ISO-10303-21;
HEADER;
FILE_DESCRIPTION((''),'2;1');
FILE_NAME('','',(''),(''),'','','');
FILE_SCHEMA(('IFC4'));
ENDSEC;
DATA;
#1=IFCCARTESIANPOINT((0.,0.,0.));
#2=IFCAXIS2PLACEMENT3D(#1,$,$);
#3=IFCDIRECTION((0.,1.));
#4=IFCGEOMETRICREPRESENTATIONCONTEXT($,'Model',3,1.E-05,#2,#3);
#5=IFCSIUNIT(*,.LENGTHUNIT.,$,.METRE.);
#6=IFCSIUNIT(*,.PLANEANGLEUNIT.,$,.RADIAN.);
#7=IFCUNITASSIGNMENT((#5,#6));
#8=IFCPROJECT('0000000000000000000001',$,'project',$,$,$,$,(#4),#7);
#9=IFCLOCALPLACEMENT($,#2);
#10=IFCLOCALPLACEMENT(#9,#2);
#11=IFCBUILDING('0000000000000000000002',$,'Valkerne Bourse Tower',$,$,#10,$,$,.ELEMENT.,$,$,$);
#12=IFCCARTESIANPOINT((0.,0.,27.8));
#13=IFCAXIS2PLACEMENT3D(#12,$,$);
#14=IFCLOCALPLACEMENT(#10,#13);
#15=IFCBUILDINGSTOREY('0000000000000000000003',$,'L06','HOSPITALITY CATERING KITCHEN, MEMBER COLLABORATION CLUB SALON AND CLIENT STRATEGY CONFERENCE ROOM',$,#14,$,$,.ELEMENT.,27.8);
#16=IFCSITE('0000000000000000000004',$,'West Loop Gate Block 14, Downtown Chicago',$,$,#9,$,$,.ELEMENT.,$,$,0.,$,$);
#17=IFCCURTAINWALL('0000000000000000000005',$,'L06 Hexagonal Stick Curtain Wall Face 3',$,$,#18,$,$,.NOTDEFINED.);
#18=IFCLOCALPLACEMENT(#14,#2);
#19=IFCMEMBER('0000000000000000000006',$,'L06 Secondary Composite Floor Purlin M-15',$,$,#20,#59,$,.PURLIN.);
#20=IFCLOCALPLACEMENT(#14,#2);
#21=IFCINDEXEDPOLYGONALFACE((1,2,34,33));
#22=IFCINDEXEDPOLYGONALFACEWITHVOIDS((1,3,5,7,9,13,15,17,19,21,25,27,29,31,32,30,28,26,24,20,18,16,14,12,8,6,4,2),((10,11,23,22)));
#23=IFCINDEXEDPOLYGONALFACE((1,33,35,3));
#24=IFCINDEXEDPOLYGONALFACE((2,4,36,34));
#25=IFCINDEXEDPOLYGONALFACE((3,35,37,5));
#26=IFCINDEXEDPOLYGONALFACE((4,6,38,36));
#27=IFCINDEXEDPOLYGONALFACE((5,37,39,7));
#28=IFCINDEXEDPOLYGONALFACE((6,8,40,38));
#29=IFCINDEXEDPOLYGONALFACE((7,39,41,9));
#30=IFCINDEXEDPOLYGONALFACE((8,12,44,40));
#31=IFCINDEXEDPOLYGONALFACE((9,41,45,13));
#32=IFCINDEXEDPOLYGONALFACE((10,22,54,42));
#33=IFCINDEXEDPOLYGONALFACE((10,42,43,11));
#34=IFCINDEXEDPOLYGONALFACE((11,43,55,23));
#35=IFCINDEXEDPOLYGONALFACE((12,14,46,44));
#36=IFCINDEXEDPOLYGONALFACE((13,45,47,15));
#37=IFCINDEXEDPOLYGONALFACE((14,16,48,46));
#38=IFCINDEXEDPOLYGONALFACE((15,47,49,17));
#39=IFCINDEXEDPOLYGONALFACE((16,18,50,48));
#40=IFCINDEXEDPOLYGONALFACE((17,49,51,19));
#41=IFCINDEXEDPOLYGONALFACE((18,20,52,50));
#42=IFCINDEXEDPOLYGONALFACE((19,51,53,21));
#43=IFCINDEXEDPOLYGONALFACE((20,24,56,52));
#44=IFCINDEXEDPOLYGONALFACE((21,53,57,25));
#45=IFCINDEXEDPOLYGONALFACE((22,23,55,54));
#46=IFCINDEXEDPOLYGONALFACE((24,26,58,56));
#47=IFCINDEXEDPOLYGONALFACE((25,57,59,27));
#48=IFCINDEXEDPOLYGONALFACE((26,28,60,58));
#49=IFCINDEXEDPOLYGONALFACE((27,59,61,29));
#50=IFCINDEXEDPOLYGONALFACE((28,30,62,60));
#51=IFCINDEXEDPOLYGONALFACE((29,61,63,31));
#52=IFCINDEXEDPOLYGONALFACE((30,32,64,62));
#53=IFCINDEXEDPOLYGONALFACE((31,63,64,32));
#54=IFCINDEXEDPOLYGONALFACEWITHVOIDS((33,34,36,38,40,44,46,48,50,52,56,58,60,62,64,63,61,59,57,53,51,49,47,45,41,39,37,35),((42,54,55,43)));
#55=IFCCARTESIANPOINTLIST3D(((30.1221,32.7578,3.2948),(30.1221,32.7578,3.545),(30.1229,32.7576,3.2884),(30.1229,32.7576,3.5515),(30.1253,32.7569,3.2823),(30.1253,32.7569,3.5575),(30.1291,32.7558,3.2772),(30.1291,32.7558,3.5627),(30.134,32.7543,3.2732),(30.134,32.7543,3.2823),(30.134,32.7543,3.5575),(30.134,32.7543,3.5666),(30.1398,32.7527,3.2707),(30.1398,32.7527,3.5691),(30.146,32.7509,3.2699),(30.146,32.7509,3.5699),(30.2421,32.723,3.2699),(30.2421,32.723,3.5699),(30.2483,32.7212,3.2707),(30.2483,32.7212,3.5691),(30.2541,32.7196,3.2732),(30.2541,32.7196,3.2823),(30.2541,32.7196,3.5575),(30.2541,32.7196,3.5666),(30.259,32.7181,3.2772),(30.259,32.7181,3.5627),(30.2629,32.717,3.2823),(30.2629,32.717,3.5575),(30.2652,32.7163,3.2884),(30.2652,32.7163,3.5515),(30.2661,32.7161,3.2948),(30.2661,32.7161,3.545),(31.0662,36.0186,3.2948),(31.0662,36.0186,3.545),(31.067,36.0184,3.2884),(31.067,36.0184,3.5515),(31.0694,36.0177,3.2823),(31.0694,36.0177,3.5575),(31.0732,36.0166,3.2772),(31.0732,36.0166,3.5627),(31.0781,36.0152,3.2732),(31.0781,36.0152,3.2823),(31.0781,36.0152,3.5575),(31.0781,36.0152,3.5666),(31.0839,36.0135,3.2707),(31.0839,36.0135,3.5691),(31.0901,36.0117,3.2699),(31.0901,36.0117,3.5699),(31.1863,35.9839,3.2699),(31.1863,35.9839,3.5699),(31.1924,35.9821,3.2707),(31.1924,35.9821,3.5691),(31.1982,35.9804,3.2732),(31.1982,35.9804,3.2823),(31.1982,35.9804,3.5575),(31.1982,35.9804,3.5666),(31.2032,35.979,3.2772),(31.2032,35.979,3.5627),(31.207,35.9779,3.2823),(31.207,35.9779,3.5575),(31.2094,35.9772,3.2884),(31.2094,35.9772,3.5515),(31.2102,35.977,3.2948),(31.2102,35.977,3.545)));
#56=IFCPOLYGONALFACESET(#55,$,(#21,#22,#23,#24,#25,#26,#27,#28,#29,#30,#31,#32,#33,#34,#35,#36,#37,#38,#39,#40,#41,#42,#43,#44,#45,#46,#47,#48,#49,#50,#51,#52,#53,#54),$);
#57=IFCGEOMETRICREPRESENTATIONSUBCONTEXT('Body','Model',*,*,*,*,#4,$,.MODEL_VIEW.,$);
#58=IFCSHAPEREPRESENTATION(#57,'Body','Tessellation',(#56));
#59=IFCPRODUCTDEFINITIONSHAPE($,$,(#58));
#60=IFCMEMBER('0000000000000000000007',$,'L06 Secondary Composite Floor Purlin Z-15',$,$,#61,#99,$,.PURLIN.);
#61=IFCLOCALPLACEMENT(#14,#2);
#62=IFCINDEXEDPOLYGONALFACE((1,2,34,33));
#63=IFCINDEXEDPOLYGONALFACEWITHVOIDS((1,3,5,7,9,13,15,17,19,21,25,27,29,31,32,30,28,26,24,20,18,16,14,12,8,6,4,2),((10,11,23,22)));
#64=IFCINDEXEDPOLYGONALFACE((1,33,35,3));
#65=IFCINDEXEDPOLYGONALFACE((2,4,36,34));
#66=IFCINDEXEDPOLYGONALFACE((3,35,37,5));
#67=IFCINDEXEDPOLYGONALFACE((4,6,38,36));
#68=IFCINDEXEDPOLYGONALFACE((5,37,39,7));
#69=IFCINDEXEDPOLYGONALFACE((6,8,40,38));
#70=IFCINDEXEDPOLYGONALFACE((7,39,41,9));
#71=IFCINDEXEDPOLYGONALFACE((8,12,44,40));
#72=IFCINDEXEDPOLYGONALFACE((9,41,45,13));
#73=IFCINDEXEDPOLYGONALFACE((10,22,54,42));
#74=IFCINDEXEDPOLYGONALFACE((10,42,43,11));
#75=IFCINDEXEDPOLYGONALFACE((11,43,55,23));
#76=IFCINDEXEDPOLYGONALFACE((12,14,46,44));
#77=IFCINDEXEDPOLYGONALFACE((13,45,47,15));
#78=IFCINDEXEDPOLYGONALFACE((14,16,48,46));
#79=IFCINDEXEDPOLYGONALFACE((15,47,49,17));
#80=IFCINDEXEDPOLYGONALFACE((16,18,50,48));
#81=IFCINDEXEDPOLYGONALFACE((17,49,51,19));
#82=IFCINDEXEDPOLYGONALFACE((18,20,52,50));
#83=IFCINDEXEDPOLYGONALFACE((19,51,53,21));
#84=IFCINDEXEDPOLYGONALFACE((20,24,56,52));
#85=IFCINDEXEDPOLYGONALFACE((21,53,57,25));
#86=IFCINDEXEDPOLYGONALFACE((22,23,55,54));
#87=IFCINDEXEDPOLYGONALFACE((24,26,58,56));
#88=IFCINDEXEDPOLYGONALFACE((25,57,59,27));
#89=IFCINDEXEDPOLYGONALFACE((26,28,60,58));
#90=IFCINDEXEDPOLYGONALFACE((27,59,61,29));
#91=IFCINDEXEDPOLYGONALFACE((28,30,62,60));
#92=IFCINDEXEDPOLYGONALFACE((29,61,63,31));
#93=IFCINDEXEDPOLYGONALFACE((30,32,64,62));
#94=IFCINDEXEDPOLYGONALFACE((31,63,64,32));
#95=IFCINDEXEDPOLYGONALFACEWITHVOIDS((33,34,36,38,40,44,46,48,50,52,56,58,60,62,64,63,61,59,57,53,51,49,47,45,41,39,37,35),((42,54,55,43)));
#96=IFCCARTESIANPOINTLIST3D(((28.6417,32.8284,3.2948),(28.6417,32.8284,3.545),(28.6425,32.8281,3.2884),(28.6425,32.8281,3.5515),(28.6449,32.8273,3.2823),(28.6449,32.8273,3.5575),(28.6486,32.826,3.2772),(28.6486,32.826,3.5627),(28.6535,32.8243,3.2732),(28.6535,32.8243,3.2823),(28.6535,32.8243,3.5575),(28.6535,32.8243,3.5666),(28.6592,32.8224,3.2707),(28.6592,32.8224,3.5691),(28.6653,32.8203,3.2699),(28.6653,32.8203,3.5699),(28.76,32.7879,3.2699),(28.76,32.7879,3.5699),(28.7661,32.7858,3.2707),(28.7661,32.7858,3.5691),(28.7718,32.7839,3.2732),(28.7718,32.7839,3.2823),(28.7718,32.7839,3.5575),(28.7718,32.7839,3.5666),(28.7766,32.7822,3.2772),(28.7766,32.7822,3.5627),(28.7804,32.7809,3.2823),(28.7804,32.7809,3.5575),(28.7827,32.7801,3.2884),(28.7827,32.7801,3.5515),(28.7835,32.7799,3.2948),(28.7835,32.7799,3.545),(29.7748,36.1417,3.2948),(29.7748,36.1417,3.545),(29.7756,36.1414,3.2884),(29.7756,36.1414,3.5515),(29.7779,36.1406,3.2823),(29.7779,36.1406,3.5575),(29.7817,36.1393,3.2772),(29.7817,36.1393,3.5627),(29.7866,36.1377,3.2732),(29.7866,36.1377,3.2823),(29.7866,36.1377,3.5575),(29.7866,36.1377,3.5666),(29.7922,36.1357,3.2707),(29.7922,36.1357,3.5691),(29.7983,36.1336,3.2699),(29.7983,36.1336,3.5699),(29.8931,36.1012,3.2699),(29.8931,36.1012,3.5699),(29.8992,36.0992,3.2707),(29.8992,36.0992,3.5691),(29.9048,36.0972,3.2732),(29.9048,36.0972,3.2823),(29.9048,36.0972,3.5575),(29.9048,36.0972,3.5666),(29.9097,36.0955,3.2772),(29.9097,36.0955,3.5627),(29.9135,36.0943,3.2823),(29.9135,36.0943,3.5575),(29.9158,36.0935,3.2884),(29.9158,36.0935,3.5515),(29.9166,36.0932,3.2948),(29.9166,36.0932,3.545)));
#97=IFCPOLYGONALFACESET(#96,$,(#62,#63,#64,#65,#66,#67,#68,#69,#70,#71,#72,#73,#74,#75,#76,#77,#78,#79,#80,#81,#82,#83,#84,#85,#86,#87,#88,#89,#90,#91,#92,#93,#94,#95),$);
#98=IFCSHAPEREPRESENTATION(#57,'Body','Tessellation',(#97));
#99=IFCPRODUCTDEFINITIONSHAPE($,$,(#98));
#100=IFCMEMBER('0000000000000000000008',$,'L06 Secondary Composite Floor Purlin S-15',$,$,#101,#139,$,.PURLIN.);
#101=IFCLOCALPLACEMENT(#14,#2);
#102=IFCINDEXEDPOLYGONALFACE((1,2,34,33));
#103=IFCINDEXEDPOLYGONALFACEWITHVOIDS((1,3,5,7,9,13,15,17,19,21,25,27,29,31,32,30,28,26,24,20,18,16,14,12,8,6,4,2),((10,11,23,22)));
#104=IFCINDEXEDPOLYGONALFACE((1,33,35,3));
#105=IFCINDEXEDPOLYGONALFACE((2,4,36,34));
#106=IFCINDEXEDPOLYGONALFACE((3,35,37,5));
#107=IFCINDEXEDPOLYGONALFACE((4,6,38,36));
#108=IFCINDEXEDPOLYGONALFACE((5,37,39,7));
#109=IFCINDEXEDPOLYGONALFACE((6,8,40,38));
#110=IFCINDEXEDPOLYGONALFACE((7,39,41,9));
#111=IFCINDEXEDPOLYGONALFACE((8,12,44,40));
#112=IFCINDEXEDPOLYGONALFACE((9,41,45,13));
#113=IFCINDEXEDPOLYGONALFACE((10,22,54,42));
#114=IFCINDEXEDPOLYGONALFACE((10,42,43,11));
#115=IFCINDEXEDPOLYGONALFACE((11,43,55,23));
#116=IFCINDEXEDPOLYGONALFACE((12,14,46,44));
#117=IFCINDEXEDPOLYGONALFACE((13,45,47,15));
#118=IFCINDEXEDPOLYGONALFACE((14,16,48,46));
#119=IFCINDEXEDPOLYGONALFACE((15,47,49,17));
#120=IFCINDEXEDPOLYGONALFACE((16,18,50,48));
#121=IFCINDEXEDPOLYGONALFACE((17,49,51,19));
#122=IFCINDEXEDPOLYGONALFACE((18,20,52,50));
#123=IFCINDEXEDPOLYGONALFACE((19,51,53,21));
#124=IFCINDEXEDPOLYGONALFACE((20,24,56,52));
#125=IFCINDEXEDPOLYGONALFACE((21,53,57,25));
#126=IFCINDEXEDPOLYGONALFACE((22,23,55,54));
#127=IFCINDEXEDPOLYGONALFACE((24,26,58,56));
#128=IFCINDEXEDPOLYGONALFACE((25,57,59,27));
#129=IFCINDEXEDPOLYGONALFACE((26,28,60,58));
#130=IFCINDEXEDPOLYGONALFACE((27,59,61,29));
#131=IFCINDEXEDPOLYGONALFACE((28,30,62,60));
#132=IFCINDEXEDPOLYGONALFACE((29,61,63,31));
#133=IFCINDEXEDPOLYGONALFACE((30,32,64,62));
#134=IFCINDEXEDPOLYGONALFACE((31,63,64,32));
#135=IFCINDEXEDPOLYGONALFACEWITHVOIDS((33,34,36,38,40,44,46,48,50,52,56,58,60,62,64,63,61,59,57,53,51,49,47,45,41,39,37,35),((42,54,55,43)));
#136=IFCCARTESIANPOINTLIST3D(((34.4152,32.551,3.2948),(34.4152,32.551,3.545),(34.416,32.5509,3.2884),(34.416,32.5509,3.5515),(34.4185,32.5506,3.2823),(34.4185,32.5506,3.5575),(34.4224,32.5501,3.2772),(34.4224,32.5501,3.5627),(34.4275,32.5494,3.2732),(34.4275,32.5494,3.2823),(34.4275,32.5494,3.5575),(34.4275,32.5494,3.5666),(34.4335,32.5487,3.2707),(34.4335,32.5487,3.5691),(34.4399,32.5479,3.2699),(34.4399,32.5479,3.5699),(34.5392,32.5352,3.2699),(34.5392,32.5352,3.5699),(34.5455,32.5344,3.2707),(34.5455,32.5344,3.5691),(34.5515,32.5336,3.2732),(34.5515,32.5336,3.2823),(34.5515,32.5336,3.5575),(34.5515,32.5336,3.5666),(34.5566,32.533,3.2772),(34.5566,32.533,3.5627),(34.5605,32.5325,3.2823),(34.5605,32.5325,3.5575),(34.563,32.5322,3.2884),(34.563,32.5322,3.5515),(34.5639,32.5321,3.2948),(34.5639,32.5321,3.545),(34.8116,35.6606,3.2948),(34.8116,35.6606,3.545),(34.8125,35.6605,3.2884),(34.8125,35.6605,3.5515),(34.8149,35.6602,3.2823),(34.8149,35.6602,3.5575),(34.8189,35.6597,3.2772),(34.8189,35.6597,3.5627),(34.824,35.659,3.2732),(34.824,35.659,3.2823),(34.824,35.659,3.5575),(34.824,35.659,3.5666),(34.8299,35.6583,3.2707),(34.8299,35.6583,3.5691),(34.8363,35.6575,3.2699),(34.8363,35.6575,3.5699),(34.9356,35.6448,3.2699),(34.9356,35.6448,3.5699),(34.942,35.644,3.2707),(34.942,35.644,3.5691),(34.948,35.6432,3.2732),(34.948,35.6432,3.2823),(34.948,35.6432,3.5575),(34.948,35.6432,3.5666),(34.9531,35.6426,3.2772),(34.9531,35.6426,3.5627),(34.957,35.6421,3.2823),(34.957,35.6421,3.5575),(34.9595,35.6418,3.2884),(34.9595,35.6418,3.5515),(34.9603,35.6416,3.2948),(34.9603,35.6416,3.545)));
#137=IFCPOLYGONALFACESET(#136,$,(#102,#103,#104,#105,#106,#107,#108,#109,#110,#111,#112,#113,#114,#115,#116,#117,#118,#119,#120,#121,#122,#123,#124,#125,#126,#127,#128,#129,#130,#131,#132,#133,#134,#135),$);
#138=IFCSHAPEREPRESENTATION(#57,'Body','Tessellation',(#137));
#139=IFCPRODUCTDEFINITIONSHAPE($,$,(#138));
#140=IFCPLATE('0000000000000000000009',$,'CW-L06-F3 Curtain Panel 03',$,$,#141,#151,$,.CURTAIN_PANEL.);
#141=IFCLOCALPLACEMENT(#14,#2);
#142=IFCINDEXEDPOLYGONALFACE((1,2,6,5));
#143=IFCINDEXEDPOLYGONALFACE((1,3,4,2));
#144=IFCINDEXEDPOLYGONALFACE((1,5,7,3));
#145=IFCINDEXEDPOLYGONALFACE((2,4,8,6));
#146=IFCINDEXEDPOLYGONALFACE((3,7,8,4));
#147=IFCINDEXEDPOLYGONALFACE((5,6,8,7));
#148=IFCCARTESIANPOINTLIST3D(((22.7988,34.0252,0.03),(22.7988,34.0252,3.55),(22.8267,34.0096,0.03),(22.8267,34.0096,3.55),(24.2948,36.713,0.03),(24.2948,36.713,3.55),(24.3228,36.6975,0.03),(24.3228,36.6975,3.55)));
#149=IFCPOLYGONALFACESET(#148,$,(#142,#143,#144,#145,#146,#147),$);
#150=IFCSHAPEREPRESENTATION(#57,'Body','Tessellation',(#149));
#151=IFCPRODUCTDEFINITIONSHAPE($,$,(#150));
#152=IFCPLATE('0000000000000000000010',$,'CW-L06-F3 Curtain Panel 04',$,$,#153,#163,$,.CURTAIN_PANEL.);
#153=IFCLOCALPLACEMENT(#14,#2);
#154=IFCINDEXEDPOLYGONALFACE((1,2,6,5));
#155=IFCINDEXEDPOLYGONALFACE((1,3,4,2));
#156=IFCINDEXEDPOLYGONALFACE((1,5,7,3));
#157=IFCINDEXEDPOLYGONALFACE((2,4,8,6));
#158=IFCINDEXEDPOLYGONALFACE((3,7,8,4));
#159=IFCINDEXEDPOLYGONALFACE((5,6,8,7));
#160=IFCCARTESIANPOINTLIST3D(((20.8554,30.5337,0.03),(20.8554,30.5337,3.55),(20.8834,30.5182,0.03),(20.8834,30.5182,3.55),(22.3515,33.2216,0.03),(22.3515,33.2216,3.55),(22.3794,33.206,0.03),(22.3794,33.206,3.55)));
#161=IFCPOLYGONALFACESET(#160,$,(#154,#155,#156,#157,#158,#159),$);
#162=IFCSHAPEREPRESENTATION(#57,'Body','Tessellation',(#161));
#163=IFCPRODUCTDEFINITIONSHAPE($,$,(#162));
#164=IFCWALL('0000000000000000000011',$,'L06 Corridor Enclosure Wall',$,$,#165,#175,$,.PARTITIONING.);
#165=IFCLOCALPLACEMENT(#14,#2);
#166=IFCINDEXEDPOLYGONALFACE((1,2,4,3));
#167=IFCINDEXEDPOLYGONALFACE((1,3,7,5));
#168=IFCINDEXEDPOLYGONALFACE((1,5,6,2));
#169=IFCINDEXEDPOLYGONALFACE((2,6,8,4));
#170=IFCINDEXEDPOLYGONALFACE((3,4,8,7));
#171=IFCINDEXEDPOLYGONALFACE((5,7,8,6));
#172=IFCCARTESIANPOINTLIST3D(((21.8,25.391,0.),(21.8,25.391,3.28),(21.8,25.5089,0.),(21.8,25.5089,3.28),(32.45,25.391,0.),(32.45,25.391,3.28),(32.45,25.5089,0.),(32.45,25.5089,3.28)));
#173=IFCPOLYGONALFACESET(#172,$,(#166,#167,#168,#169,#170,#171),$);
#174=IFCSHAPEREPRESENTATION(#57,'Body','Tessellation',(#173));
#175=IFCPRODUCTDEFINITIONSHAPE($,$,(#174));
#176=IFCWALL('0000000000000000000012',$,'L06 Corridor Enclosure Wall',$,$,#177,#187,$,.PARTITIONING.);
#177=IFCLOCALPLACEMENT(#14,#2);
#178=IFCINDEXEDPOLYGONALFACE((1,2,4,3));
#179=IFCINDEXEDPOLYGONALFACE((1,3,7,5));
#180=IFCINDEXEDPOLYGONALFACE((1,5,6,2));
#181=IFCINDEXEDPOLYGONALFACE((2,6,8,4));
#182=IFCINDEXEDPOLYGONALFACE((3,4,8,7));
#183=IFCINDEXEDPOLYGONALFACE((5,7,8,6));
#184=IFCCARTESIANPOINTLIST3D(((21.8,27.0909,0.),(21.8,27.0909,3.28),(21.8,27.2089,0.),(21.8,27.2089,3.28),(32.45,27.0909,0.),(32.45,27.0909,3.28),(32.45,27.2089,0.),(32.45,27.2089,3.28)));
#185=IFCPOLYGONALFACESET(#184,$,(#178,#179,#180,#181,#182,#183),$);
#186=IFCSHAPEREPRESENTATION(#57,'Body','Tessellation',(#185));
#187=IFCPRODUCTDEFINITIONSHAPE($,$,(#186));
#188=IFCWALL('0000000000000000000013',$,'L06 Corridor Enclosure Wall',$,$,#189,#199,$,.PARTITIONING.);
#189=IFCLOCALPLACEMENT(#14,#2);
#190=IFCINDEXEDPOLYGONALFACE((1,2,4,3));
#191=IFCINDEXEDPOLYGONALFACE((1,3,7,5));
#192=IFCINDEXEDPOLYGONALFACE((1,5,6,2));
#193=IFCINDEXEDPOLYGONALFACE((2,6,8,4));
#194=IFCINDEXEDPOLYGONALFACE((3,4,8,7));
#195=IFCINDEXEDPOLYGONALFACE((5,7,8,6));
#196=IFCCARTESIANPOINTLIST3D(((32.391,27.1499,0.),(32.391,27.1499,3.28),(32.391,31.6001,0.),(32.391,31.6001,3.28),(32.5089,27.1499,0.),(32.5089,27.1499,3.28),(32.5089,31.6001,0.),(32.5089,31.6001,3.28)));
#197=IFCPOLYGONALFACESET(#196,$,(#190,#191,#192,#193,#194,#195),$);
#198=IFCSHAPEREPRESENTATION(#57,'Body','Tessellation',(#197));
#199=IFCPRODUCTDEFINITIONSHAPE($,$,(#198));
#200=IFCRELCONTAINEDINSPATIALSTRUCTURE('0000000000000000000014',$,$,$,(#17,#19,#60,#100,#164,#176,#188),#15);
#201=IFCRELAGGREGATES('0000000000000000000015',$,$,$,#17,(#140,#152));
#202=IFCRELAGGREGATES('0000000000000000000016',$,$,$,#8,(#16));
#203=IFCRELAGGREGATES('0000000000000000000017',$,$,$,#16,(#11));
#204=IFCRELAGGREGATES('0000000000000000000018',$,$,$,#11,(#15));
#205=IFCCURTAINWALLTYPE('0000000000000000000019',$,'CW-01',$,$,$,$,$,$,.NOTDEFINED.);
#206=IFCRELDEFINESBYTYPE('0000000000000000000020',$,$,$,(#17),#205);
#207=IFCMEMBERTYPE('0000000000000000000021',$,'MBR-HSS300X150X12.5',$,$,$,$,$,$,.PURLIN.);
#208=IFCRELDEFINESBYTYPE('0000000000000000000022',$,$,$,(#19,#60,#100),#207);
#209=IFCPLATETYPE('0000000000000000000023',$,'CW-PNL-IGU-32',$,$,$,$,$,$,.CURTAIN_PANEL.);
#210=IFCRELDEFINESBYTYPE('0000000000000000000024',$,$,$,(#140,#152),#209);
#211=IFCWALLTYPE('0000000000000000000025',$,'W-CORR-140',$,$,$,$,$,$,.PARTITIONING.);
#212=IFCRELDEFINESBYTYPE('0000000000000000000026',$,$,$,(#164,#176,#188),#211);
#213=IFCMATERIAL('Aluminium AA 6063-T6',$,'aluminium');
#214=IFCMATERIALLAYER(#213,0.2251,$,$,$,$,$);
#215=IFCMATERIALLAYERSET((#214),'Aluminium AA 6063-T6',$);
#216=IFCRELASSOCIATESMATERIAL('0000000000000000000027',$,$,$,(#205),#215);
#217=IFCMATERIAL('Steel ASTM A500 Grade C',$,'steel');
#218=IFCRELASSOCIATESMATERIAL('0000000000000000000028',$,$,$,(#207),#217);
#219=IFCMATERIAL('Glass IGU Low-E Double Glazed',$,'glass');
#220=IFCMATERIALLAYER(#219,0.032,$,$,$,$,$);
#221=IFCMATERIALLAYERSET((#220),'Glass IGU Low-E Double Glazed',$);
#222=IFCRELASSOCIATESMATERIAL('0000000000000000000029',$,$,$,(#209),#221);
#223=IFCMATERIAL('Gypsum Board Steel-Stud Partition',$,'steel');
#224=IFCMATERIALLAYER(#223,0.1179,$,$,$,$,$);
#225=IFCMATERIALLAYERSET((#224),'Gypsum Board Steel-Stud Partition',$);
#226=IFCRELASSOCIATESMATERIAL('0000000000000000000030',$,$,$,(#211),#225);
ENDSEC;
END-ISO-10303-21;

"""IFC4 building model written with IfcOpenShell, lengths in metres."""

from ifc_helpers import new_model, si_unit, direction, frame, frame_2d, origin, origin_2d, place, context, subcontext, project, spatial, rectangle, hollow_rectangle, extrude, material, layer, layer_set, material_profile, profile_set, type_object, element, aggregate, save


model = new_model("IFC4")

# Units and contexts
model_context = context("Model", 3, precision=1e-05, world=origin(), true_north=direction((0.0, 1.0)))
body_context = subcontext(model_context, "Body", "Model", "MODEL_VIEW")
ifc_project = project(units=[si_unit("LENGTHUNIT", "METRE"), si_unit("PLANEANGLEUNIT", "RADIAN")], contexts=[model_context])

# Site, building, storey
site_placement = place(None, origin())
site = spatial("IfcSite", under=ifc_project, at=site_placement, Name="West Loop Gate Block 14, Downtown Chicago", CompositionType="ELEMENT", RefElevation=0.0)
building_placement = place(site_placement, origin())
building = spatial("IfcBuilding", under=site, at=building_placement, Name="Valkerne Bourse Tower", CompositionType="ELEMENT")
storey_placement = place(building_placement, frame((0.0, 0.0, 27.8)))
storey = spatial("IfcBuildingStorey", under=building, at=storey_placement, Name="L06", Description="HOSPITALITY CATERING KITCHEN, MEMBER COLLABORATION CLUB SALON AND CLIENT STRATEGY CONFERENCE ROOM", CompositionType="ELEMENT", Elevation=27.8)

# Curtain wall
ifc_material_1 = material(Name="Aluminium AA 6063-T6", Category="aluminium")
ifc_layer_1 = layer(ifc_material_1, 0.2251)
ifc_layer_set_1 = layer_set([ifc_layer_1], Name="Aluminium AA 6063-T6")
curtain_wall_type = type_object("IfcCurtainWallType", Name="CW-01", PredefinedType="NOTDEFINED", material=ifc_layer_set_1)
curtain_wall_placement = place(storey_placement, origin())
curtain_wall = element("IfcCurtainWall", 1, at=curtain_wall_placement, inside=storey, type_object=curtain_wall_type, Name="L06 Hexagonal Stick Curtain Wall Face 3", PredefinedType="NOTDEFINED")

# Members
ifc_material_2 = material(Name="Steel ASTM A500 Grade C", Category="steel")
ifc_material_profile_1 = material_profile(ifc_material_2, hollow_rectangle(XDim=0.1499, YDim=0.3, WallThickness=0.0125, OuterFilletRadius=0.0249, at=origin_2d()), Name="HSS300X150X12.5")
ifc_profile_set_1 = profile_set([ifc_material_profile_1], Name="Steel ASTM A500 Grade C")
member_type_1 = type_object("IfcMemberType", Name="MBR-HSS300X150X12.5", PredefinedType="PURLIN", material=ifc_profile_set_1)
member_1_placement = place(storey_placement, frame((31.1382, 35.9978, 3.4199), z_axis=(-0.27811, -0.960549, 0.0), x_axis=(0.960549, -0.27811, 0.0)))
element("IfcMember", 2, at=member_1_placement, inside=storey, type_object=member_type_1, Name="L06 Secondary Composite Floor Purlin M-15", PredefinedType="PURLIN", context=body_context, shape_type="SweptSolid", body=[
    extrude(hollow_rectangle(XDim=0.1499, YDim=0.3, WallThickness=0.0125, OuterFilletRadius=0.0249, at=origin_2d()), origin(), (0.0, 0.0, 1.0), 3.3948),
])
member_2_placement = place(storey_placement, frame((29.8457, 36.1174, 3.4199), z_axis=(-0.323581, -0.946201, 0.0), x_axis=(0.946201, -0.323581, 0.0)))
element("IfcMember", 3, at=member_2_placement, inside=storey, type_object=member_type_1, Name="L06 Secondary Composite Floor Purlin Z-15", PredefinedType="PURLIN", context=body_context, shape_type="SweptSolid", body=[
    extrude(hollow_rectangle(XDim=0.1499, YDim=0.3, WallThickness=0.0125, OuterFilletRadius=0.0249, at=origin_2d()), origin(), (0.0, 0.0, 1.0), 3.5017),
])
member_3_placement = place(storey_placement, frame((34.886, 35.6511, 3.4199), z_axis=(-0.126479, -0.991969, 0.0), x_axis=(0.991969, -0.126479, 0.0)))
element("IfcMember", 4, at=member_3_placement, inside=storey, type_object=member_type_1, Name="L06 Secondary Composite Floor Purlin S-15", PredefinedType="PURLIN", context=body_context, shape_type="SweptSolid", body=[
    extrude(hollow_rectangle(XDim=0.1499, YDim=0.3, WallThickness=0.0125, OuterFilletRadius=0.0249, at=origin_2d()), origin(), (0.0, 0.0, 1.0), 3.1348),
])

# Plates
ifc_material_3 = material(Name="Glass IGU Low-E Double Glazed", Category="glass")
ifc_layer_2 = layer(ifc_material_3, 0.032)
ifc_layer_set_2 = layer_set([ifc_layer_2], Name="Glass IGU Low-E Double Glazed")
plate_type = type_object("IfcPlateType", Name="CW-PNL-IGU-32", PredefinedType="CURTAIN_PANEL", material=ifc_layer_set_2)
plate_1_placement = place(storey_placement, frame((23.5608, 35.3613, 0.03), z_axis=(0.0, 0.0, 1.0), x_axis=(-0.486335, -0.873772, 0.0)))
plate_1 = element("IfcPlate", 5, at=plate_1_placement, type_object=plate_type, Name="CW-L06-F3 Curtain Panel 03", PredefinedType="CURTAIN_PANEL", context=body_context, shape_type="SweptSolid", body=[
    extrude(rectangle(XDim=3.0762, YDim=0.032, at=origin_2d()), origin(), (0.0, 0.0, 1.0), 3.52),
])
plate_2_placement = place(storey_placement, frame((21.6174, 31.8699, 0.03), z_axis=(0.0, 0.0, 1.0), x_axis=(-0.486335, -0.873772, 0.0)))
plate_2 = element("IfcPlate", 6, at=plate_2_placement, type_object=plate_type, Name="CW-L06-F3 Curtain Panel 04", PredefinedType="CURTAIN_PANEL", context=body_context, shape_type="SweptSolid", body=[
    extrude(rectangle(XDim=3.0762, YDim=0.032, at=origin_2d()), origin(), (0.0, 0.0, 1.0), 3.52),
])
aggregate(curtain_wall, [plate_1, plate_2])

# Walls
ifc_material_4 = material(Name="Gypsum Board Steel-Stud Partition", Category="steel")
ifc_layer_3 = layer(ifc_material_4, 0.1179)
ifc_layer_set_3 = layer_set([ifc_layer_3], Name="Gypsum Board Steel-Stud Partition")
wall_type_1 = type_object("IfcWallType", Name="W-CORR-140", PredefinedType="PARTITIONING", material=ifc_layer_set_3)
for number, where, z_axis, x_axis, name in (
    (7, (32.45, 25.45, 0.0), (0.0, 0.0, 1.0), (-1.0, 0.0, 0.0), "L06 Corridor Enclosure Wall"),
    (8, (21.8, 27.1499, 0.0), (0.0, 0.0, 1.0), (1.0, 0.0, 0.0), "L06 Corridor Enclosure Wall"),
):
    element("IfcWall", number, at=place(storey_placement, frame(where, z_axis=z_axis, x_axis=x_axis)), inside=storey, type_object=wall_type_1, Name=name, PredefinedType="PARTITIONING", context=body_context, shape_type="SweptSolid", body=[
        extrude(rectangle(XDim=10.6499, YDim=0.1179, at=frame_2d((5.325, 0.0))), origin(), (0.0, 0.0, 1.0), 3.28),
    ])
wall_1_placement = place(storey_placement, frame((32.45, 27.1499, 0.0), z_axis=(0.0, 0.0, 1.0), x_axis=(0.0, 1.0, 0.0)))
element("IfcWall", 9, at=wall_1_placement, inside=storey, type_object=wall_type_1, Name="L06 Corridor Enclosure Wall", PredefinedType="PARTITIONING", context=body_context, shape_type="SweptSolid", body=[
    extrude(rectangle(XDim=4.4502, YDim=0.1179, at=frame_2d((2.2251, 0.0))), origin(), (0.0, 0.0, 1.0), 3.28),
])

save(model, "model.ifc")
